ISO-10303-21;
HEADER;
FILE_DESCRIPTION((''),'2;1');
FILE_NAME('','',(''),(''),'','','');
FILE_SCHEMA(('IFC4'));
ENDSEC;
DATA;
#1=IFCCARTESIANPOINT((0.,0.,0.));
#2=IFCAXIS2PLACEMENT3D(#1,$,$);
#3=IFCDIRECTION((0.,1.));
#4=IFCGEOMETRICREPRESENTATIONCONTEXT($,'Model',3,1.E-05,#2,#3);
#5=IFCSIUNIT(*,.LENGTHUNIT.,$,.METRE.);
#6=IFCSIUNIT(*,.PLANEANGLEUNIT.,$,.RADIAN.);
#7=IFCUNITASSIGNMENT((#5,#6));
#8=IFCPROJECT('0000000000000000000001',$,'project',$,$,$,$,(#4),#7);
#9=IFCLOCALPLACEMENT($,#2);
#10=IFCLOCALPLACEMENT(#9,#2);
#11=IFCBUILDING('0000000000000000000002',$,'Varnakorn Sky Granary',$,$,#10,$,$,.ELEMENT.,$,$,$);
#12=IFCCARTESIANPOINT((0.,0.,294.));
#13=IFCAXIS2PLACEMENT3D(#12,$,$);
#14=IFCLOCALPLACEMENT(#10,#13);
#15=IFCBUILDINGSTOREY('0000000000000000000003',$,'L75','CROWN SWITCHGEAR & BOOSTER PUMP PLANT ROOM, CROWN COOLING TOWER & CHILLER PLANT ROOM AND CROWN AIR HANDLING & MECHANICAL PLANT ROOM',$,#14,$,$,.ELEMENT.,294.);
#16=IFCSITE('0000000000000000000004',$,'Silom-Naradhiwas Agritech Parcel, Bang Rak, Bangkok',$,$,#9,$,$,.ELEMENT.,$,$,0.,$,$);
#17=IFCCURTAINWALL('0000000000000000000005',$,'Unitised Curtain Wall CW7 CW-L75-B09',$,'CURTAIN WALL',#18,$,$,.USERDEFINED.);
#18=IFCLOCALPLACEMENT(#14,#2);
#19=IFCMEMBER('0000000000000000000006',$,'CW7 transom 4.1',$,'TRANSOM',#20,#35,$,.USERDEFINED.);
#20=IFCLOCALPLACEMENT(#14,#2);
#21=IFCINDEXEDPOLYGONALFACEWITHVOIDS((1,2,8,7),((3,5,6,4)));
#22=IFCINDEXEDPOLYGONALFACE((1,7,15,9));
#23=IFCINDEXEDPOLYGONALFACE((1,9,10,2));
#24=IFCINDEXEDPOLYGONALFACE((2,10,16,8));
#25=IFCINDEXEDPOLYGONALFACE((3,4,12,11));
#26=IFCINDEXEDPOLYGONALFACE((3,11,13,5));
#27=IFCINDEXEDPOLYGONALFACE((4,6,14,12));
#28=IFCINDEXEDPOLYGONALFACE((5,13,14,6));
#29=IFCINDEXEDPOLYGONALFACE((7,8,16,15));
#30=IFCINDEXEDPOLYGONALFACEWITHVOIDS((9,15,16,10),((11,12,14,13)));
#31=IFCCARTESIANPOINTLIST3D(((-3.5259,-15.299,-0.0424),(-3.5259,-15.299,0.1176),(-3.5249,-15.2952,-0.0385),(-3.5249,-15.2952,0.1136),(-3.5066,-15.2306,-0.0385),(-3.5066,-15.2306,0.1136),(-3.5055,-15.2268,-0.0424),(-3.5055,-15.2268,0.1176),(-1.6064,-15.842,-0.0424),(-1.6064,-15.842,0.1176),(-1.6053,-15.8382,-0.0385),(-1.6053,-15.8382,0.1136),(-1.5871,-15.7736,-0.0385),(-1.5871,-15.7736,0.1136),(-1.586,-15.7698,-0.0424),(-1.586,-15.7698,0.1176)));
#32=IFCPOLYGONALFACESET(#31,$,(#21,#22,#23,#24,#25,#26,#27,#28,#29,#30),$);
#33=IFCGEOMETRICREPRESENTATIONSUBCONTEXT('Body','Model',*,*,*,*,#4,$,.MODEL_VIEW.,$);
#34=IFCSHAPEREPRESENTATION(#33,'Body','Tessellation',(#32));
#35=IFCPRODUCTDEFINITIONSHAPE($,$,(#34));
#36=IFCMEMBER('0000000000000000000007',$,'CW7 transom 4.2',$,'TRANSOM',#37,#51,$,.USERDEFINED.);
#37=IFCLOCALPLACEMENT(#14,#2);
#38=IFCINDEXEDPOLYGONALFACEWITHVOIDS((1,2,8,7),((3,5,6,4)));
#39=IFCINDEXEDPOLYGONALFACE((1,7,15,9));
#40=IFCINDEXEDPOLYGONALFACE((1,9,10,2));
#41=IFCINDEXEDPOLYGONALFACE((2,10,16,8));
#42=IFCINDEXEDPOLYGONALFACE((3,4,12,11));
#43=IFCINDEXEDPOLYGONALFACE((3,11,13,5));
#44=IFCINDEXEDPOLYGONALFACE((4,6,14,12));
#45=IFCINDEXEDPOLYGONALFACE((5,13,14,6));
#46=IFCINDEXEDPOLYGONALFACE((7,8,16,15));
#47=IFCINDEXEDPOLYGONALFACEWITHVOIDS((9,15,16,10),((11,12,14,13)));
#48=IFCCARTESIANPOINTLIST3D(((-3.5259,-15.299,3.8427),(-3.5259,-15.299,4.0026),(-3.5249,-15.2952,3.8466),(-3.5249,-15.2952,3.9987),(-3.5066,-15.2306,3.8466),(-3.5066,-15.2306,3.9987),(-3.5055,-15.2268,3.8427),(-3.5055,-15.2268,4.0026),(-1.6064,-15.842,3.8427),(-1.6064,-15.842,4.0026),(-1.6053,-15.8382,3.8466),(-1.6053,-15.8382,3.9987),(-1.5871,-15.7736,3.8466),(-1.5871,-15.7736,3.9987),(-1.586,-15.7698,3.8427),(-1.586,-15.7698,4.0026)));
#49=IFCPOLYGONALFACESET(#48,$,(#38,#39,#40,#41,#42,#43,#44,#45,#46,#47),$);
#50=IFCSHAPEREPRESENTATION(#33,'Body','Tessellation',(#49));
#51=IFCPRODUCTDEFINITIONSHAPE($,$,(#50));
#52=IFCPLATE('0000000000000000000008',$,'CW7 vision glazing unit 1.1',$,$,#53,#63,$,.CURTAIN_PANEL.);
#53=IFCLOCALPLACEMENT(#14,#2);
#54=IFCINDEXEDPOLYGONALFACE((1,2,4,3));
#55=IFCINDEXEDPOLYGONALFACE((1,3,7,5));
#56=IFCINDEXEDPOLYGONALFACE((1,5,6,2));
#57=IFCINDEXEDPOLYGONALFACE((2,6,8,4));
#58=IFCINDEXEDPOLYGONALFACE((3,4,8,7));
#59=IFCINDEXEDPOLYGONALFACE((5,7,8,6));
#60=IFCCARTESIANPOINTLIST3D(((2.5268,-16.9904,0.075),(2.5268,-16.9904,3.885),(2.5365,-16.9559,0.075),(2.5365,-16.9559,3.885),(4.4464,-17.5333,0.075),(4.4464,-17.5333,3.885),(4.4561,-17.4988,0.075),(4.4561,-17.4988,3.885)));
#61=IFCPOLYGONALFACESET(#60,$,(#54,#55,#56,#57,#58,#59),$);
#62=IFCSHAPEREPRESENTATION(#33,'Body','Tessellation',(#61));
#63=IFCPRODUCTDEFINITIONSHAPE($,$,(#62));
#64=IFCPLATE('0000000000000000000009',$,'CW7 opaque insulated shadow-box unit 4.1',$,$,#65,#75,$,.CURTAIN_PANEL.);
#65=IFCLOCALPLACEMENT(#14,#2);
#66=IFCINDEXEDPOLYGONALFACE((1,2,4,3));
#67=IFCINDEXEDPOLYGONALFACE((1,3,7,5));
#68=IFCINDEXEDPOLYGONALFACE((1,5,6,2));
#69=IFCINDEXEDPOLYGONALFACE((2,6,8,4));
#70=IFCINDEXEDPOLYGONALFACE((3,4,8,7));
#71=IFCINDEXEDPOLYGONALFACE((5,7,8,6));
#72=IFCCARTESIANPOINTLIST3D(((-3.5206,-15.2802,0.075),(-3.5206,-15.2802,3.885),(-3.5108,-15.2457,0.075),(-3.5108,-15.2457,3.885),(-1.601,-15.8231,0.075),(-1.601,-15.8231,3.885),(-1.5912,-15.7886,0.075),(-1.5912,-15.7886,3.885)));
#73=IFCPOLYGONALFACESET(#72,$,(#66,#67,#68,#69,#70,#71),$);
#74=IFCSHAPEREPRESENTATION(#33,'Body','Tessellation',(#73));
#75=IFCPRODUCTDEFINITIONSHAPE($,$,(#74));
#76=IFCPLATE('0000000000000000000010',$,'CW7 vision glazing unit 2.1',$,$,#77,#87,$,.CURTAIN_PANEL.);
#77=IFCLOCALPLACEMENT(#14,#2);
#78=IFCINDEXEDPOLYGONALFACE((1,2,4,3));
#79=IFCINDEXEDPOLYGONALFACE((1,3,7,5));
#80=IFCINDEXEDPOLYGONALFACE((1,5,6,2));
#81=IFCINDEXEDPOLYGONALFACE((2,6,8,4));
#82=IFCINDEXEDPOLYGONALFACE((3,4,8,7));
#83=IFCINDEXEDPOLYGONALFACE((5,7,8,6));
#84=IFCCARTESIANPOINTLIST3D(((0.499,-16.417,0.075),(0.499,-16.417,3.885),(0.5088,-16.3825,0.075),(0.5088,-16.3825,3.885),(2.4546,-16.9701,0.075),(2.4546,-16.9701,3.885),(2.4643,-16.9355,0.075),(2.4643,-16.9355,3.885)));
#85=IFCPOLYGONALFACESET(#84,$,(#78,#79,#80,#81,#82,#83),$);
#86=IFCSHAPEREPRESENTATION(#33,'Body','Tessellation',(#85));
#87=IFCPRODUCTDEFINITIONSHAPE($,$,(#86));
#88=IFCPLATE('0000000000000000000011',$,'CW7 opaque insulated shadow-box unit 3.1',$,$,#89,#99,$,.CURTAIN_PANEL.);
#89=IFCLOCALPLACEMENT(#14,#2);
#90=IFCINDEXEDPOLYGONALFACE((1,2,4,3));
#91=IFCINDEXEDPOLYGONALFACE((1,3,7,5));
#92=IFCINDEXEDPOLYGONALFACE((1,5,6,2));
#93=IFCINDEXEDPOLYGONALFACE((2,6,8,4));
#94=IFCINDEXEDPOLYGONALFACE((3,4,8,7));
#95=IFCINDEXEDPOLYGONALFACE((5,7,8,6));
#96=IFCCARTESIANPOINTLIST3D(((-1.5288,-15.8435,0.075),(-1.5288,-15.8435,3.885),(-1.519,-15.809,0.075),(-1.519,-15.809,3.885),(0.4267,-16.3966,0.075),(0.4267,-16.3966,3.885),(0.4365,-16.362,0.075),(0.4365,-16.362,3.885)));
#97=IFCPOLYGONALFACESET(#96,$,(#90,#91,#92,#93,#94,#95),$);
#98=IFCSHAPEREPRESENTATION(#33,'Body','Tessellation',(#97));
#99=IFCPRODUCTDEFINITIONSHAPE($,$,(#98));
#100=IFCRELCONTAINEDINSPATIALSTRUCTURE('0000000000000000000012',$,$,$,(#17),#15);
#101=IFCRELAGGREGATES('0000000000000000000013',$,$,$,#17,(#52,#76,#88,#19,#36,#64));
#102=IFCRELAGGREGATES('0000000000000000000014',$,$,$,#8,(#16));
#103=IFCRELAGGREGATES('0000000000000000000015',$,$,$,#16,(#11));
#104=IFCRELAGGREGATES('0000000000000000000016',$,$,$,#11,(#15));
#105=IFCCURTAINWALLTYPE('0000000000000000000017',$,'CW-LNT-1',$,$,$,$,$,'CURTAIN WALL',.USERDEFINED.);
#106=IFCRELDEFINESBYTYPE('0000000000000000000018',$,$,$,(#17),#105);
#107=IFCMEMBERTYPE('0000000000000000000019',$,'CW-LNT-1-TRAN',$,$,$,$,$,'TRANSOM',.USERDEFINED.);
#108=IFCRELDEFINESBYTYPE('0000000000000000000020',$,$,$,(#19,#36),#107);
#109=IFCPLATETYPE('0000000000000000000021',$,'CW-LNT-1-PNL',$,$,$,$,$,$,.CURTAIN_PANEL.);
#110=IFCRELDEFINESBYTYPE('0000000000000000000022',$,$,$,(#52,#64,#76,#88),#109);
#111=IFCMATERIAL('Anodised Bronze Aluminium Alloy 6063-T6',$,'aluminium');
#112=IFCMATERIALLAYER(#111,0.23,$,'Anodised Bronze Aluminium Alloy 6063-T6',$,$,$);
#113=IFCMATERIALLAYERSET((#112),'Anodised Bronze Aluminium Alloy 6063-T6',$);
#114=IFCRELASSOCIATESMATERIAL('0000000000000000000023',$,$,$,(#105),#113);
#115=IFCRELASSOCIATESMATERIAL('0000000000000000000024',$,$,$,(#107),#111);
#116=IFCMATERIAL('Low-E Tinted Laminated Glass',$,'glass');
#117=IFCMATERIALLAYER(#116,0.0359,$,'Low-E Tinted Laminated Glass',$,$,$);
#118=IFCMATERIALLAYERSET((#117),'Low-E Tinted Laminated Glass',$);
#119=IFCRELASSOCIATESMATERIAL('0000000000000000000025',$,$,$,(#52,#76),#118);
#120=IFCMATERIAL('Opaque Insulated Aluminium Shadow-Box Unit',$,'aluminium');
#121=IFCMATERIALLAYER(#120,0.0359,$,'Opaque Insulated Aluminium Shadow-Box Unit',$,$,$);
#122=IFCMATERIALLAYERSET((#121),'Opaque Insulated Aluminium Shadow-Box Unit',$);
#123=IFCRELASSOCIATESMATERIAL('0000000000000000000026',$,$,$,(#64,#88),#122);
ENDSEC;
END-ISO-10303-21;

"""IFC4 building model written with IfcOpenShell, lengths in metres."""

from ifc_helpers import new_model, si_unit, direction, frame, origin, origin_2d, place, context, subcontext, project, spatial, rectangle, hollow_rectangle, extrude, source, transform, mapped, material, layer, layer_set, material_profile, profile_set, type_object, type_shapes, element, aggregate, save


model = new_model("IFC4")

# Units and contexts
model_context = context("Model", 3, precision=1e-05, world=origin(), true_north=direction((0.0, 1.0)))
body_context = subcontext(model_context, "Body", "Model", "MODEL_VIEW")
ifc_project = project(units=[si_unit("LENGTHUNIT", "METRE"), si_unit("PLANEANGLEUNIT", "RADIAN")], contexts=[model_context])

# Site, building, storey
site_placement = place(None, origin())
site = spatial("IfcSite", under=ifc_project, at=site_placement, Name="Silom-Naradhiwas Agritech Parcel, Bang Rak, Bangkok", CompositionType="ELEMENT", RefElevation=0.0)
building_placement = place(site_placement, origin())
building = spatial("IfcBuilding", under=site, at=building_placement, Name="Varnakorn Sky Granary", CompositionType="ELEMENT")
storey_placement = place(building_placement, frame((0.0, 0.0, 294.0)))
storey = spatial("IfcBuildingStorey", under=building, at=storey_placement, Name="L75", Description="CROWN SWITCHGEAR & BOOSTER PUMP PLANT ROOM, CROWN COOLING TOWER & CHILLER PLANT ROOM AND CROWN AIR HANDLING & MECHANICAL PLANT ROOM", CompositionType="ELEMENT", Elevation=294.0)

# Curtain wall
ifc_material_1 = material(Name="Anodised Bronze Aluminium Alloy 6063-T6", Category="aluminium")
ifc_layer_1 = layer(ifc_material_1, 0.23, Name="Anodised Bronze Aluminium Alloy 6063-T6")
ifc_layer_set_1 = layer_set([ifc_layer_1], Name="Anodised Bronze Aluminium Alloy 6063-T6")
curtain_wall_type = type_object("IfcCurtainWallType", Name="CW-LNT-1", ElementType="CURTAIN WALL", PredefinedType="USERDEFINED", material=ifc_layer_set_1)
curtain_wall_1_placement = place(storey_placement, origin())
curtain_wall_1 = element("IfcCurtainWall", 1, at=curtain_wall_1_placement, inside=storey, type_object=curtain_wall_type, Name="Unitised Curtain Wall CW7 CW-L75-B09", ObjectType="CURTAIN WALL", PredefinedType="USERDEFINED")

# Members
ifc_material_profile_1 = material_profile(ifc_material_1, hollow_rectangle(XDim=0.075, YDim=0.1599, WallThickness=0.0039, at=origin_2d()), Name="ALU TRAN 75x160")
ifc_profile_set_1 = profile_set([ifc_material_profile_1], Name="Anodised Bronze Aluminium Alloy 6063-T6")
member_type_1 = type_object("IfcMemberType", Name="CW-LNT-1-TRAN", ElementType="TRANSOM", PredefinedType="USERDEFINED", material=ifc_profile_set_1)
member_1_placement = place(storey_placement, frame((-1.5962, -15.8059, 0.0376), z_axis=(-0.962241, 0.272198, 0.0), x_axis=(-0.272198, -0.962241, 0.0)))
member_1 = element("IfcMember", 2, at=member_1_placement, type_object=member_type_1, Name="CW7 transom 4.1", ObjectType="TRANSOM", PredefinedType="USERDEFINED", context=body_context, shape_type="SweptSolid", body=[
    extrude(hollow_rectangle(XDim=0.075, YDim=0.1599, WallThickness=0.0039, at=origin_2d()), origin(), (0.0, 0.0, 1.0), 1.9949),
])
member_2_placement = place(storey_placement, frame((-1.5962, -15.8059, 3.9226), z_axis=(-0.962241, 0.272198, 0.0), x_axis=(-0.272198, -0.962241, 0.0)))
member_2 = element("IfcMember", 3, at=member_2_placement, type_object=member_type_1, Name="CW7 transom 4.2", ObjectType="TRANSOM", PredefinedType="USERDEFINED", context=body_context, shape_type="SweptSolid", body=[
    extrude(hollow_rectangle(XDim=0.075, YDim=0.1599, WallThickness=0.0039, at=origin_2d()), origin(), (0.0, 0.0, 1.0), 1.9949),
])

# Plates
ifc_material_2 = material(Name="Low-E Tinted Laminated Glass", Category="glass")
ifc_layer_2 = layer(ifc_material_2, 0.0359, Name="Low-E Tinted Laminated Glass")
ifc_layer_set_2 = layer_set([ifc_layer_2], Name="Low-E Tinted Laminated Glass")
plate_type = type_object("IfcPlateType", Name="CW-LNT-1-PNL", PredefinedType="CURTAIN_PANEL")
shared_shape_1 = source(origin(), body_context, "Body", "SweptSolid", [
    extrude(rectangle(XDim=1.9949, YDim=0.0359, at=origin_2d()), origin(), (0.0, 0.0, 1.0), 3.8101),
])
plate_1_placement = place(storey_placement, frame((3.4915, -17.2446, 0.075), z_axis=(0.0, 0.0, 1.0), x_axis=(-0.962256, 0.272147, 0.0)))
plate_1 = element("IfcPlate", 4, at=plate_1_placement, type_object=plate_type, material=ifc_layer_set_2, Name="CW7 vision glazing unit 1.1", PredefinedType="CURTAIN_PANEL", context=body_context, shape_type="MappedRepresentation", body=[
    mapped(shared_shape_1, transform((0.0, 0.0, 0.0), x_axis=(1.0, 0.0, 0.0), y_axis=(0.0, 1.0, 0.0), z_axis=(0.0, 0.0, 1.0), scale=1.0)),
])
ifc_material_3 = material(Name="Opaque Insulated Aluminium Shadow-Box Unit", Category="aluminium")
ifc_layer_3 = layer(ifc_material_3, 0.0359, Name="Opaque Insulated Aluminium Shadow-Box Unit")
ifc_layer_set_3 = layer_set([ifc_layer_3], Name="Opaque Insulated Aluminium Shadow-Box Unit")
plate_2_placement = place(storey_placement, frame((-2.5559, -15.5344, 0.075), z_axis=(0.0, 0.0, 1.0), x_axis=(-0.962256, 0.272147, 0.0)))
plate_2 = element("IfcPlate", 5, at=plate_2_placement, type_object=plate_type, material=ifc_layer_set_3, Name="CW7 opaque insulated shadow-box unit 4.1", PredefinedType="CURTAIN_PANEL", context=body_context, shape_type="MappedRepresentation", body=[
    mapped(shared_shape_1, transform((0.0, 0.0, 0.0), x_axis=(1.0, 0.0, 0.0), y_axis=(0.0, 1.0, 0.0), z_axis=(0.0, 0.0, 1.0), scale=1.0)),
])
shared_shape_2 = source(origin(), body_context, "Body", "SweptSolid", [
    extrude(rectangle(XDim=2.0322, YDim=0.0359, at=origin_2d()), origin(), (0.0, 0.0, 1.0), 3.8101),
])
type_shapes(plate_type, [shared_shape_1, shared_shape_2])
plate_3_placement = place(storey_placement, frame((1.4817, -16.6763, 0.075), z_axis=(0.0, 0.0, 1.0), x_axis=(-0.962256, 0.272147, 0.0)))
plate_3 = element("IfcPlate", 6, at=plate_3_placement, type_object=plate_type, material=ifc_layer_set_2, Name="CW7 vision glazing unit 2.1", PredefinedType="CURTAIN_PANEL", context=body_context, shape_type="MappedRepresentation", body=[
    mapped(shared_shape_2, transform((0.0, 0.0, 0.0), x_axis=(1.0, 0.0, 0.0), y_axis=(0.0, 1.0, 0.0), z_axis=(0.0, 0.0, 1.0), scale=1.0)),
])
plate_4_placement = place(storey_placement, frame((-0.5461, -16.1028, 0.075), z_axis=(0.0, 0.0, 1.0), x_axis=(-0.962256, 0.272147, 0.0)))
plate_4 = element("IfcPlate", 7, at=plate_4_placement, type_object=plate_type, material=ifc_layer_set_3, Name="CW7 opaque insulated shadow-box unit 3.1", PredefinedType="CURTAIN_PANEL", context=body_context, shape_type="MappedRepresentation", body=[
    mapped(shared_shape_2, transform((0.0, 0.0, 0.0), x_axis=(1.0, 0.0, 0.0), y_axis=(0.0, 1.0, 0.0), z_axis=(0.0, 0.0, 1.0), scale=1.0)),
])
aggregate(curtain_wall_1, [plate_1, plate_3, plate_4, member_1, member_2, plate_2])

save(model, "model.ifc")
